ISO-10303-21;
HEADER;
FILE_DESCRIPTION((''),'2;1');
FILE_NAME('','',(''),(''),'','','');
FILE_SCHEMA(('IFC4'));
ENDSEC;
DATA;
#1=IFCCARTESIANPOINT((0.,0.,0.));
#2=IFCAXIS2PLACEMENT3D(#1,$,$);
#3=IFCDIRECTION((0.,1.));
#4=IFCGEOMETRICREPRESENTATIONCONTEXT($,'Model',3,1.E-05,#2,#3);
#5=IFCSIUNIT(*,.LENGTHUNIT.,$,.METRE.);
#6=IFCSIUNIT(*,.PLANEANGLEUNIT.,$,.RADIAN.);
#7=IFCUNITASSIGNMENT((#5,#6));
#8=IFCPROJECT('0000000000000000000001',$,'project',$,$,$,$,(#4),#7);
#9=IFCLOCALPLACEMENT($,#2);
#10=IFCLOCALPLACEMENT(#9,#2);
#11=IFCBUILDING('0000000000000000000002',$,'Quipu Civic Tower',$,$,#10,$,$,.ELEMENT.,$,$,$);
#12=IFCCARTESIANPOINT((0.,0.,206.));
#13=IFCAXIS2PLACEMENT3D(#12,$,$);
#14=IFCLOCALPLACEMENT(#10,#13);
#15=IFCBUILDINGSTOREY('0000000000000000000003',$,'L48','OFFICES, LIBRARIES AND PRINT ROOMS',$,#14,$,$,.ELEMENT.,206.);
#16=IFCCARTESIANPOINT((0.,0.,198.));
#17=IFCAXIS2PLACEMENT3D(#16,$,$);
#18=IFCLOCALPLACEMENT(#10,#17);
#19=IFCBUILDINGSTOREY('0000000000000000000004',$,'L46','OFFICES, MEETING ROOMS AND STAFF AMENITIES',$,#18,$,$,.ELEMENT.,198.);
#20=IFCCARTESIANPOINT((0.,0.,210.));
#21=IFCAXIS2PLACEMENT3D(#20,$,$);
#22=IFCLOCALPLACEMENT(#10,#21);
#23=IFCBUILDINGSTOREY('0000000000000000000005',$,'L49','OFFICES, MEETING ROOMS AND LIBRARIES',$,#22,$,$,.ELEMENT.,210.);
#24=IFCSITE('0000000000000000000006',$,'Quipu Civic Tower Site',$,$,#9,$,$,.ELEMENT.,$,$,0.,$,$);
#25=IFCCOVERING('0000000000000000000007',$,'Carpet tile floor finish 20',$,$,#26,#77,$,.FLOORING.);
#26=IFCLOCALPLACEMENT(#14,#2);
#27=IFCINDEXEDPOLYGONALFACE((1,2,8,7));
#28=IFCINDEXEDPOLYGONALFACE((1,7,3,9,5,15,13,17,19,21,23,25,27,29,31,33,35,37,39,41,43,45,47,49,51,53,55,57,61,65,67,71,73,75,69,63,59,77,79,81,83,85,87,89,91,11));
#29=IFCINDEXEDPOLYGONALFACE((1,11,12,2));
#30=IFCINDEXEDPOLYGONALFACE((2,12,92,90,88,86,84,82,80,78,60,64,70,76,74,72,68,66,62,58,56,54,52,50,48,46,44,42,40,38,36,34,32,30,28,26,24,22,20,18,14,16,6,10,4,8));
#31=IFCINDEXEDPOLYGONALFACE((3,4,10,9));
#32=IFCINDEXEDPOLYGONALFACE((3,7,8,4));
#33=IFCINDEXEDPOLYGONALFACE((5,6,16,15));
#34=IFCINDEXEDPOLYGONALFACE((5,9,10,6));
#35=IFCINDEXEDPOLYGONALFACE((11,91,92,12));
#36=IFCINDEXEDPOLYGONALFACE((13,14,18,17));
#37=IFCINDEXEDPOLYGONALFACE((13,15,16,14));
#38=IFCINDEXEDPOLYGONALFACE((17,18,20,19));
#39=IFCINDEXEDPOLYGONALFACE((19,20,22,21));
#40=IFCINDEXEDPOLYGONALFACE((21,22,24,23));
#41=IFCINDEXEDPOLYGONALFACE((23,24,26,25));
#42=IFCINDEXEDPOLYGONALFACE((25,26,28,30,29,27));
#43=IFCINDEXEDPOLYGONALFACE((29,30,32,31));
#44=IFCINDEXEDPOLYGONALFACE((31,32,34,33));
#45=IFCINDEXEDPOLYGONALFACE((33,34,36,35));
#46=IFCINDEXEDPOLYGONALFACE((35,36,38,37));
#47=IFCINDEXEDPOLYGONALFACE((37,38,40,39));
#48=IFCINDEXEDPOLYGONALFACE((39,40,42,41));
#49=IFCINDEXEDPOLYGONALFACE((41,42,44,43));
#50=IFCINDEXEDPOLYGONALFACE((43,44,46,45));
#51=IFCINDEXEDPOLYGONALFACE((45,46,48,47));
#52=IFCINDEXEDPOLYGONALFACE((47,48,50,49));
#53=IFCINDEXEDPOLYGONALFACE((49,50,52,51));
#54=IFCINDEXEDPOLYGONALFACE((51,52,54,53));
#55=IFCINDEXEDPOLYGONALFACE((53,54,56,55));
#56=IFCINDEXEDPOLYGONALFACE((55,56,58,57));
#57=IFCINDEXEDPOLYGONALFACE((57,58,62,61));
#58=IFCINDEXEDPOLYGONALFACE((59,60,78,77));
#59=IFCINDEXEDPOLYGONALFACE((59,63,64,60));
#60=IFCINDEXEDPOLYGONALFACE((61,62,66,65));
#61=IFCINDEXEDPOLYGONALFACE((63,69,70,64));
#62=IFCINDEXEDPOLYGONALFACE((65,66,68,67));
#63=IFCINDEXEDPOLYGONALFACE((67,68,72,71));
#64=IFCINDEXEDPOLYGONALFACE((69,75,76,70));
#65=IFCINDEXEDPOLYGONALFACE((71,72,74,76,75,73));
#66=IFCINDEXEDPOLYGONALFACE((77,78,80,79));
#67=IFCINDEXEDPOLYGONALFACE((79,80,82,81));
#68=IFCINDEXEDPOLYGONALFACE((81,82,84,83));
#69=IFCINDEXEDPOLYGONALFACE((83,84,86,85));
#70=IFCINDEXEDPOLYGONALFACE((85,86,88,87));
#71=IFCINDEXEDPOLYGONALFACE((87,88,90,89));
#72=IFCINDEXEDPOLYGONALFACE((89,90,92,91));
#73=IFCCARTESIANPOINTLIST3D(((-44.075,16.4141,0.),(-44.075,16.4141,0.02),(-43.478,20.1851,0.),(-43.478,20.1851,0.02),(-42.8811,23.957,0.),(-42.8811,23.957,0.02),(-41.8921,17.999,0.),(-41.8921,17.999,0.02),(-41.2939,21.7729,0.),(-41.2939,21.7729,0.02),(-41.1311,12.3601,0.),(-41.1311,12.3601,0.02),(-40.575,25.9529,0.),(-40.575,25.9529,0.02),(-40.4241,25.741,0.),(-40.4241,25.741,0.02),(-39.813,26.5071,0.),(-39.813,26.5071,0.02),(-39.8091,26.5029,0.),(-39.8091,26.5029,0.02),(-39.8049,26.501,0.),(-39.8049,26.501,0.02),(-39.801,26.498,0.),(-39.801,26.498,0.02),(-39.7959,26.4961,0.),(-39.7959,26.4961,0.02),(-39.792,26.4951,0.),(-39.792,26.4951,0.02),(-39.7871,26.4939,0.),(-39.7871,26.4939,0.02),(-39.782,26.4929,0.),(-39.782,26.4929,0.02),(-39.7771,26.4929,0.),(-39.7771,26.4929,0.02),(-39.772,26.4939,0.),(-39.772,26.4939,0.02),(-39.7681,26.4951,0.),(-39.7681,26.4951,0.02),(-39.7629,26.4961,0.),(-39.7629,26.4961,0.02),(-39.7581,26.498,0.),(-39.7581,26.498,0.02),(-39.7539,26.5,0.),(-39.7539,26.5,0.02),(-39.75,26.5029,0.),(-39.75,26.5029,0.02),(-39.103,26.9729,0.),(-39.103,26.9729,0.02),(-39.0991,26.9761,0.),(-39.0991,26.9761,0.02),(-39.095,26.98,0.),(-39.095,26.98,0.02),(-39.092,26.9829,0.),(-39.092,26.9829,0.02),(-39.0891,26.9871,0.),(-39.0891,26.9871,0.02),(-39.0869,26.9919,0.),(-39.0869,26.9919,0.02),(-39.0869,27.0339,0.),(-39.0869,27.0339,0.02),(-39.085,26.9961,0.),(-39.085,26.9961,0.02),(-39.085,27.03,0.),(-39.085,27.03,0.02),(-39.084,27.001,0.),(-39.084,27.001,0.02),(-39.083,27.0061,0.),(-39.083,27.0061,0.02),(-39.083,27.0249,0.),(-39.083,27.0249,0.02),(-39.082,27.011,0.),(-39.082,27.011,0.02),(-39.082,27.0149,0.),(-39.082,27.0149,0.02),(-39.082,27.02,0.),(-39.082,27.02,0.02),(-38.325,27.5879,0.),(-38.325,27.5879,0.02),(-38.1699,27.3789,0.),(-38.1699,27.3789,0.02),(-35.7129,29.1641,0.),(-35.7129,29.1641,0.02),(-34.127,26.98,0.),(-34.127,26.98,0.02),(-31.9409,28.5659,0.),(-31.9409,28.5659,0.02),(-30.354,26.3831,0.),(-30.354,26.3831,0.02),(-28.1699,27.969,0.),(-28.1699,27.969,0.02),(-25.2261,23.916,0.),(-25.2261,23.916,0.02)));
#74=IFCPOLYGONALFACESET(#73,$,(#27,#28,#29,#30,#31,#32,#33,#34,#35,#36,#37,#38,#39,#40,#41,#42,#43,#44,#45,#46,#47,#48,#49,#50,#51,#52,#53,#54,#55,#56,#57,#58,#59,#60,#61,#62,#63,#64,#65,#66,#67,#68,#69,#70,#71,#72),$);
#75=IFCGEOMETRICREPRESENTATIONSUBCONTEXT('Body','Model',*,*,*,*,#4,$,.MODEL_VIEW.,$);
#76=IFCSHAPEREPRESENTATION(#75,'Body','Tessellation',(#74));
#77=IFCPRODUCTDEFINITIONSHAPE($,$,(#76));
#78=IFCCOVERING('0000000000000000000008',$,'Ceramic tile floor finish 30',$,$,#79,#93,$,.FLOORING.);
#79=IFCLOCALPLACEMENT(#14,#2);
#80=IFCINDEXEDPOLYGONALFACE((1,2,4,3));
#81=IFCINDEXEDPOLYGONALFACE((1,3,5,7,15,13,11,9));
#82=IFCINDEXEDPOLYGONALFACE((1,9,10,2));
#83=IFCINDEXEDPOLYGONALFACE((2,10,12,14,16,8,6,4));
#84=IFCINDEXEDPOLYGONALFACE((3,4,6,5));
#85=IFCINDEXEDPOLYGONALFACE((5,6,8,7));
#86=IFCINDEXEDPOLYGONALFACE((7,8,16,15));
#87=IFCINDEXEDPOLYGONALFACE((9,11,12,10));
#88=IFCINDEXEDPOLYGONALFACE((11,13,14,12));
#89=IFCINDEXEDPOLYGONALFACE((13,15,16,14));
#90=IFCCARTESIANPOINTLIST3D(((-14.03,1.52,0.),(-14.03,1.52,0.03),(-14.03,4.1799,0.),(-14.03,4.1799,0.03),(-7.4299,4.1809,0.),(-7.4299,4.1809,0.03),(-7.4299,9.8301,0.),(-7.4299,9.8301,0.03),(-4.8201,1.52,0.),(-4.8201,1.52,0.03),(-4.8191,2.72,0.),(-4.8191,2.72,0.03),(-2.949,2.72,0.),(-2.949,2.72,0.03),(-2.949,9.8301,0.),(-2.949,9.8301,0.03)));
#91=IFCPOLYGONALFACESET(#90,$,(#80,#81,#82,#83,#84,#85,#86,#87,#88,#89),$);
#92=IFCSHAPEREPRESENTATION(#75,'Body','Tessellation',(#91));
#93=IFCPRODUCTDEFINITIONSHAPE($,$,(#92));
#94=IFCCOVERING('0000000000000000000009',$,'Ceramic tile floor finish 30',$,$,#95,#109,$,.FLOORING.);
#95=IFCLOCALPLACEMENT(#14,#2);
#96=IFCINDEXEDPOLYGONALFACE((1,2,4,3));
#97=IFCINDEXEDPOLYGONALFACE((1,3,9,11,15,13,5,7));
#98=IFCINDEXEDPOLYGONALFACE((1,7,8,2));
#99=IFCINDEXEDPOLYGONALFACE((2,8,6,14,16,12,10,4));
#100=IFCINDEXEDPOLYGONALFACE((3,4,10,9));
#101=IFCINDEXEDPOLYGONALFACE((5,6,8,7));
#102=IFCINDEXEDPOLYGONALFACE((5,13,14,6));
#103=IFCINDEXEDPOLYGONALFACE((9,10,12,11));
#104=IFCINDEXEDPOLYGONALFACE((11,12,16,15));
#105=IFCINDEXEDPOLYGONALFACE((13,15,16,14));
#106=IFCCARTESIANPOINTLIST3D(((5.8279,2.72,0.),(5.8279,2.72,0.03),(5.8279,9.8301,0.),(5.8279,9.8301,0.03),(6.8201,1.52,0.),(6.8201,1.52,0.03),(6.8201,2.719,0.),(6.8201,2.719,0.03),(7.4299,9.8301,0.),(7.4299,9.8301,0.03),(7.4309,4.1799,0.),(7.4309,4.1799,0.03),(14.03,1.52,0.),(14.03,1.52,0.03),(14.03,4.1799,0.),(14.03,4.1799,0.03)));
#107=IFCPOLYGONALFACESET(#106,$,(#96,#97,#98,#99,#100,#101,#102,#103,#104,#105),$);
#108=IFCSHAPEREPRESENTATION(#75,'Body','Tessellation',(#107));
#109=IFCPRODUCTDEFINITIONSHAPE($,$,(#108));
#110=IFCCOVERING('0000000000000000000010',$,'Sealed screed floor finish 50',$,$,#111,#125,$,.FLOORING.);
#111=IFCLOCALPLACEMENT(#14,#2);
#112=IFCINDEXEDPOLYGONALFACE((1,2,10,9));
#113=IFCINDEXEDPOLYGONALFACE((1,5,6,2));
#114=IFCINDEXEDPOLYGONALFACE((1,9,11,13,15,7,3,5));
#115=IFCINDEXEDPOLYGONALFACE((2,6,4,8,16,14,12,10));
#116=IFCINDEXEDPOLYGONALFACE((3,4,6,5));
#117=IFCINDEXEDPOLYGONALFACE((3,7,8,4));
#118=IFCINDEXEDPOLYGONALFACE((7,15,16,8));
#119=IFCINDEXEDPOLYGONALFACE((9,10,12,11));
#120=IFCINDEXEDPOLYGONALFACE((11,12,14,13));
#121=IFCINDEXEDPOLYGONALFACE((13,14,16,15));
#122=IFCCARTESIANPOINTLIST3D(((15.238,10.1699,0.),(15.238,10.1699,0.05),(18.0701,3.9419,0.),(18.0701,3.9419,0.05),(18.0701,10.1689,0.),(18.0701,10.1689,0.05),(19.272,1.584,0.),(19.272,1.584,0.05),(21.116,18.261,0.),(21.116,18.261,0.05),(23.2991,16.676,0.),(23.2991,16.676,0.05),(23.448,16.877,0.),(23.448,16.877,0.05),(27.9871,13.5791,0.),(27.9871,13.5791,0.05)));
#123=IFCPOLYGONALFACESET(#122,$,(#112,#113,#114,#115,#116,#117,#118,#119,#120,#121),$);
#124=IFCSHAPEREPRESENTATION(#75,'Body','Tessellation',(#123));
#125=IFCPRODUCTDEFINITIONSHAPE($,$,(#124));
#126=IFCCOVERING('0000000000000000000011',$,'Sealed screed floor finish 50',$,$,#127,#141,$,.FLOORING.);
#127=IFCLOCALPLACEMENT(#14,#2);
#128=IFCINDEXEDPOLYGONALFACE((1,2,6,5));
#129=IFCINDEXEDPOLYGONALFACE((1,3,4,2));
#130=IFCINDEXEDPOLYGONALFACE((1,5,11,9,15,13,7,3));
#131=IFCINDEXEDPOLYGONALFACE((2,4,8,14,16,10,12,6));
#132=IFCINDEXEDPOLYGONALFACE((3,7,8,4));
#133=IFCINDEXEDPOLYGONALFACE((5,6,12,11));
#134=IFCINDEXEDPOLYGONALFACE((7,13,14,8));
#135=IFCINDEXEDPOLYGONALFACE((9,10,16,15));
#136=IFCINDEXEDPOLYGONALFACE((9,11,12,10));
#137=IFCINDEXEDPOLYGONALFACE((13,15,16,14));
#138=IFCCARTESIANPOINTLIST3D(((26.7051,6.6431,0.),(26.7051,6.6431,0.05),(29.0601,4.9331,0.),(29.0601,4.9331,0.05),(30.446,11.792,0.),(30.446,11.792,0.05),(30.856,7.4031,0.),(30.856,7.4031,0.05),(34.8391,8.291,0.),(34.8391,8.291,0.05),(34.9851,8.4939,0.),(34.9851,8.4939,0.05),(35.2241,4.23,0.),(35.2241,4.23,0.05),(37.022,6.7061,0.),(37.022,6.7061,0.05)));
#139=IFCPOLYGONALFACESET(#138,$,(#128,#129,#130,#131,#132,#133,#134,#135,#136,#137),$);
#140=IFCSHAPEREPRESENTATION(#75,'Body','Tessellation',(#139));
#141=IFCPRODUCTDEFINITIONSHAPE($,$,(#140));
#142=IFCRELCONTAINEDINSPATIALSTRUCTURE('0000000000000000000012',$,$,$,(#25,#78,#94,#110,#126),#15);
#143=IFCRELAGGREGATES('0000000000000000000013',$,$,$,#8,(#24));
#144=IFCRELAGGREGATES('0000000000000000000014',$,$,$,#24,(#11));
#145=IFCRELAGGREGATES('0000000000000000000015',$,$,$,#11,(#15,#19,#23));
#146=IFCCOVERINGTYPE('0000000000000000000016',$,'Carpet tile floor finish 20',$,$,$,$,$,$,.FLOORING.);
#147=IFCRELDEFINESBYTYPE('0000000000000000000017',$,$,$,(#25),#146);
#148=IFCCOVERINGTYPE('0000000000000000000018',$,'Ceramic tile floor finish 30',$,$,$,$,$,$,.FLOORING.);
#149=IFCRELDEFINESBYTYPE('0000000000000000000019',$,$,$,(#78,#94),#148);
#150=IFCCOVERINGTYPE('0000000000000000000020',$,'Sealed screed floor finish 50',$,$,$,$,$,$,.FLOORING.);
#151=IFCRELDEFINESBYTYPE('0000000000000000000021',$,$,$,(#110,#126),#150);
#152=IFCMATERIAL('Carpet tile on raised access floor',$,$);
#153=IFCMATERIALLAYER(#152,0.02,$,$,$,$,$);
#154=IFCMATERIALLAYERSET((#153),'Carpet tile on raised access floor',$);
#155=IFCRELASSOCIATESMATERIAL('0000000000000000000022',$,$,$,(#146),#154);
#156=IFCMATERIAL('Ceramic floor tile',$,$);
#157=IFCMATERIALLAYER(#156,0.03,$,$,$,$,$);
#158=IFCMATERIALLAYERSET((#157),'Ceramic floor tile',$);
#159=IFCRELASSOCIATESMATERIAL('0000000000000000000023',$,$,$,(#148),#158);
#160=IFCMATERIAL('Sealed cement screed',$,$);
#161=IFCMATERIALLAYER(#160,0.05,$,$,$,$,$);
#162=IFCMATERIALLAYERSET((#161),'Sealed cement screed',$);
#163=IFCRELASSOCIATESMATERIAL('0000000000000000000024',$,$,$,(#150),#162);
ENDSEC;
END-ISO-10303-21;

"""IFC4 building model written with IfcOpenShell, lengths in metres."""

from ifc_helpers import new_model, si_unit, direction, frame, origin, place, context, subcontext, project, spatial, polyline, outline, extrude, material, layer, layer_set, type_object, element, save


model = new_model("IFC4")

# Units and contexts
model_context = context("Model", 3, precision=1e-05, world=origin(), true_north=direction((0.0, 1.0)))
body_context = subcontext(model_context, "Body", "Model", "MODEL_VIEW")
ifc_project = project(units=[si_unit("LENGTHUNIT", "METRE"), si_unit("PLANEANGLEUNIT", "RADIAN")], contexts=[model_context])

# Site, building, storey
site_placement = place(None, origin())
site = spatial("IfcSite", under=ifc_project, at=site_placement, Name="Quipu Civic Tower Site", CompositionType="ELEMENT", RefElevation=0.0)
building_placement = place(site_placement, origin())
building = spatial("IfcBuilding", under=site, at=building_placement, Name="Quipu Civic Tower", CompositionType="ELEMENT")
storey_1_placement = place(building_placement, frame((0.0, 0.0, 206.0)))
storey_1 = spatial("IfcBuildingStorey", under=building, at=storey_1_placement, Name="L48", Description="OFFICES, LIBRARIES AND PRINT ROOMS", CompositionType="ELEMENT", Elevation=206.0)

# Shared definitions
storey_2_placement = place(building_placement, frame((0.0, 0.0, 198.0)))
storey_2 = spatial("IfcBuildingStorey", under=building, at=storey_2_placement, Name="L46", Description="OFFICES, MEETING ROOMS AND STAFF AMENITIES", CompositionType="ELEMENT", Elevation=198.0)

# Shared definitions
storey_3_placement = place(building_placement, frame((0.0, 0.0, 210.0)))
storey_3 = spatial("IfcBuildingStorey", under=building, at=storey_3_placement, Name="L49", Description="OFFICES, MEETING ROOMS AND LIBRARIES", CompositionType="ELEMENT", Elevation=210.0)

# Coverings
ifc_material_1 = material(Name="Carpet tile on raised access floor")
ifc_layer_1 = layer(ifc_material_1, 0.02)
ifc_layer_set_1 = layer_set([ifc_layer_1], Name="Carpet tile on raised access floor")
covering_type_1 = type_object("IfcCoveringType", Name="Carpet tile floor finish 20", PredefinedType="FLOORING", material=ifc_layer_set_1)
covering_1_placement = place(storey_1_placement, origin())
element("IfcCovering", 1, at=covering_1_placement, inside=storey_1, type_object=covering_type_1, Name="Carpet tile floor finish 20", PredefinedType="FLOORING", context=body_context, shape_type="SweptSolid", body=[
    extrude(outline(polyline([(-44.075, 16.4141), (-41.8921, 17.999), (-43.478, 20.1851), (-41.2939, 21.7729), (-42.8811, 23.957), (-40.4241, 25.741), (-40.575, 25.9529), (-39.813, 26.5071), (-39.8091, 26.5029), (-39.8049, 26.501), (-39.801, 26.498), (-39.7959, 26.4961), (-39.792, 26.4951), (-39.7871, 26.4939), (-39.782, 26.4929), (-39.7771, 26.4929), (-39.772, 26.4939), (-39.7681, 26.4951), (-39.7629, 26.4961), (-39.7581, 26.498), (-39.7539, 26.5), (-39.75, 26.5029), (-39.103, 26.9729), (-39.0991, 26.9761), (-39.095, 26.98), (-39.092, 26.9829), (-39.0891, 26.9871), (-39.0869, 26.9919), (-39.085, 26.9961), (-39.084, 27.001), (-39.083, 27.0061), (-39.082, 27.011), (-39.082, 27.0149), (-39.082, 27.02), (-39.083, 27.0249), (-39.085, 27.03), (-39.0869, 27.0339), (-38.325, 27.5879), (-38.1699, 27.3789), (-35.7129, 29.1641), (-34.127, 26.98), (-31.9409, 28.5659), (-30.354, 26.3831), (-28.1699, 27.969), (-25.2261, 23.916), (-41.1311, 12.3601), (-44.075, 16.4141)])), origin(), (0.0, 0.0, 1.0), 0.02),
])
ifc_material_2 = material(Name="Ceramic floor tile")
ifc_layer_2 = layer(ifc_material_2, 0.03)
ifc_layer_set_2 = layer_set([ifc_layer_2], Name="Ceramic floor tile")
covering_type_2 = type_object("IfcCoveringType", Name="Ceramic tile floor finish 30", PredefinedType="FLOORING", material=ifc_layer_set_2)
covering_2_placement = place(storey_1_placement, origin())
element("IfcCovering", 2, at=covering_2_placement, inside=storey_1, type_object=covering_type_2, Name="Ceramic tile floor finish 30", PredefinedType="FLOORING", context=body_context, shape_type="SweptSolid", body=[
    extrude(outline(polyline([(-14.03, 1.52), (-14.03, 4.1799), (-7.4299, 4.1809), (-7.4299, 9.8301), (-2.949, 9.8301), (-2.949, 2.72), (-4.8191, 2.72), (-4.8201, 1.52), (-14.03, 1.52)])), origin(), (0.0, 0.0, 1.0), 0.03),
])
covering_3_placement = place(storey_1_placement, origin())
element("IfcCovering", 3, at=covering_3_placement, inside=storey_1, type_object=covering_type_2, Name="Ceramic tile floor finish 30", PredefinedType="FLOORING", context=body_context, shape_type="SweptSolid", body=[
    extrude(outline(polyline([(5.8279, 2.72), (5.8279, 9.8301), (7.4299, 9.8301), (7.4309, 4.1799), (14.03, 4.1799), (14.03, 1.52), (6.8201, 1.52), (6.8201, 2.719), (5.8279, 2.72)])), origin(), (0.0, 0.0, 1.0), 0.03),
])
ifc_material_3 = material(Name="Sealed cement screed")
ifc_layer_3 = layer(ifc_material_3, 0.05)
ifc_layer_set_3 = layer_set([ifc_layer_3], Name="Sealed cement screed")
covering_type_3 = type_object("IfcCoveringType", Name="Sealed screed floor finish 50", PredefinedType="FLOORING", material=ifc_layer_set_3)
covering_4_placement = place(storey_1_placement, origin())
element("IfcCovering", 4, at=covering_4_placement, inside=storey_1, type_object=covering_type_3, Name="Sealed screed floor finish 50", PredefinedType="FLOORING", context=body_context, shape_type="SweptSolid", body=[
    extrude(outline(polyline([(15.238, 10.1699), (21.116, 18.261), (23.2991, 16.676), (23.448, 16.877), (27.9871, 13.5791), (19.272, 1.584), (18.0701, 3.9419), (18.0701, 10.1689), (15.238, 10.1699)])), origin(), (0.0, 0.0, 1.0), 0.05),
])
covering_5_placement = place(storey_1_placement, origin())
element("IfcCovering", 5, at=covering_5_placement, inside=storey_1, type_object=covering_type_3, Name="Sealed screed floor finish 50", PredefinedType="FLOORING", context=body_context, shape_type="SweptSolid", body=[
    extrude(outline(polyline([(26.7051, 6.6431), (30.446, 11.792), (34.9851, 8.4939), (34.8391, 8.291), (37.022, 6.7061), (35.2241, 4.23), (30.856, 7.4031), (29.0601, 4.9331), (26.7051, 6.6431)])), origin(), (0.0, 0.0, 1.0), 0.05),
])

save(model, "model.ifc")
